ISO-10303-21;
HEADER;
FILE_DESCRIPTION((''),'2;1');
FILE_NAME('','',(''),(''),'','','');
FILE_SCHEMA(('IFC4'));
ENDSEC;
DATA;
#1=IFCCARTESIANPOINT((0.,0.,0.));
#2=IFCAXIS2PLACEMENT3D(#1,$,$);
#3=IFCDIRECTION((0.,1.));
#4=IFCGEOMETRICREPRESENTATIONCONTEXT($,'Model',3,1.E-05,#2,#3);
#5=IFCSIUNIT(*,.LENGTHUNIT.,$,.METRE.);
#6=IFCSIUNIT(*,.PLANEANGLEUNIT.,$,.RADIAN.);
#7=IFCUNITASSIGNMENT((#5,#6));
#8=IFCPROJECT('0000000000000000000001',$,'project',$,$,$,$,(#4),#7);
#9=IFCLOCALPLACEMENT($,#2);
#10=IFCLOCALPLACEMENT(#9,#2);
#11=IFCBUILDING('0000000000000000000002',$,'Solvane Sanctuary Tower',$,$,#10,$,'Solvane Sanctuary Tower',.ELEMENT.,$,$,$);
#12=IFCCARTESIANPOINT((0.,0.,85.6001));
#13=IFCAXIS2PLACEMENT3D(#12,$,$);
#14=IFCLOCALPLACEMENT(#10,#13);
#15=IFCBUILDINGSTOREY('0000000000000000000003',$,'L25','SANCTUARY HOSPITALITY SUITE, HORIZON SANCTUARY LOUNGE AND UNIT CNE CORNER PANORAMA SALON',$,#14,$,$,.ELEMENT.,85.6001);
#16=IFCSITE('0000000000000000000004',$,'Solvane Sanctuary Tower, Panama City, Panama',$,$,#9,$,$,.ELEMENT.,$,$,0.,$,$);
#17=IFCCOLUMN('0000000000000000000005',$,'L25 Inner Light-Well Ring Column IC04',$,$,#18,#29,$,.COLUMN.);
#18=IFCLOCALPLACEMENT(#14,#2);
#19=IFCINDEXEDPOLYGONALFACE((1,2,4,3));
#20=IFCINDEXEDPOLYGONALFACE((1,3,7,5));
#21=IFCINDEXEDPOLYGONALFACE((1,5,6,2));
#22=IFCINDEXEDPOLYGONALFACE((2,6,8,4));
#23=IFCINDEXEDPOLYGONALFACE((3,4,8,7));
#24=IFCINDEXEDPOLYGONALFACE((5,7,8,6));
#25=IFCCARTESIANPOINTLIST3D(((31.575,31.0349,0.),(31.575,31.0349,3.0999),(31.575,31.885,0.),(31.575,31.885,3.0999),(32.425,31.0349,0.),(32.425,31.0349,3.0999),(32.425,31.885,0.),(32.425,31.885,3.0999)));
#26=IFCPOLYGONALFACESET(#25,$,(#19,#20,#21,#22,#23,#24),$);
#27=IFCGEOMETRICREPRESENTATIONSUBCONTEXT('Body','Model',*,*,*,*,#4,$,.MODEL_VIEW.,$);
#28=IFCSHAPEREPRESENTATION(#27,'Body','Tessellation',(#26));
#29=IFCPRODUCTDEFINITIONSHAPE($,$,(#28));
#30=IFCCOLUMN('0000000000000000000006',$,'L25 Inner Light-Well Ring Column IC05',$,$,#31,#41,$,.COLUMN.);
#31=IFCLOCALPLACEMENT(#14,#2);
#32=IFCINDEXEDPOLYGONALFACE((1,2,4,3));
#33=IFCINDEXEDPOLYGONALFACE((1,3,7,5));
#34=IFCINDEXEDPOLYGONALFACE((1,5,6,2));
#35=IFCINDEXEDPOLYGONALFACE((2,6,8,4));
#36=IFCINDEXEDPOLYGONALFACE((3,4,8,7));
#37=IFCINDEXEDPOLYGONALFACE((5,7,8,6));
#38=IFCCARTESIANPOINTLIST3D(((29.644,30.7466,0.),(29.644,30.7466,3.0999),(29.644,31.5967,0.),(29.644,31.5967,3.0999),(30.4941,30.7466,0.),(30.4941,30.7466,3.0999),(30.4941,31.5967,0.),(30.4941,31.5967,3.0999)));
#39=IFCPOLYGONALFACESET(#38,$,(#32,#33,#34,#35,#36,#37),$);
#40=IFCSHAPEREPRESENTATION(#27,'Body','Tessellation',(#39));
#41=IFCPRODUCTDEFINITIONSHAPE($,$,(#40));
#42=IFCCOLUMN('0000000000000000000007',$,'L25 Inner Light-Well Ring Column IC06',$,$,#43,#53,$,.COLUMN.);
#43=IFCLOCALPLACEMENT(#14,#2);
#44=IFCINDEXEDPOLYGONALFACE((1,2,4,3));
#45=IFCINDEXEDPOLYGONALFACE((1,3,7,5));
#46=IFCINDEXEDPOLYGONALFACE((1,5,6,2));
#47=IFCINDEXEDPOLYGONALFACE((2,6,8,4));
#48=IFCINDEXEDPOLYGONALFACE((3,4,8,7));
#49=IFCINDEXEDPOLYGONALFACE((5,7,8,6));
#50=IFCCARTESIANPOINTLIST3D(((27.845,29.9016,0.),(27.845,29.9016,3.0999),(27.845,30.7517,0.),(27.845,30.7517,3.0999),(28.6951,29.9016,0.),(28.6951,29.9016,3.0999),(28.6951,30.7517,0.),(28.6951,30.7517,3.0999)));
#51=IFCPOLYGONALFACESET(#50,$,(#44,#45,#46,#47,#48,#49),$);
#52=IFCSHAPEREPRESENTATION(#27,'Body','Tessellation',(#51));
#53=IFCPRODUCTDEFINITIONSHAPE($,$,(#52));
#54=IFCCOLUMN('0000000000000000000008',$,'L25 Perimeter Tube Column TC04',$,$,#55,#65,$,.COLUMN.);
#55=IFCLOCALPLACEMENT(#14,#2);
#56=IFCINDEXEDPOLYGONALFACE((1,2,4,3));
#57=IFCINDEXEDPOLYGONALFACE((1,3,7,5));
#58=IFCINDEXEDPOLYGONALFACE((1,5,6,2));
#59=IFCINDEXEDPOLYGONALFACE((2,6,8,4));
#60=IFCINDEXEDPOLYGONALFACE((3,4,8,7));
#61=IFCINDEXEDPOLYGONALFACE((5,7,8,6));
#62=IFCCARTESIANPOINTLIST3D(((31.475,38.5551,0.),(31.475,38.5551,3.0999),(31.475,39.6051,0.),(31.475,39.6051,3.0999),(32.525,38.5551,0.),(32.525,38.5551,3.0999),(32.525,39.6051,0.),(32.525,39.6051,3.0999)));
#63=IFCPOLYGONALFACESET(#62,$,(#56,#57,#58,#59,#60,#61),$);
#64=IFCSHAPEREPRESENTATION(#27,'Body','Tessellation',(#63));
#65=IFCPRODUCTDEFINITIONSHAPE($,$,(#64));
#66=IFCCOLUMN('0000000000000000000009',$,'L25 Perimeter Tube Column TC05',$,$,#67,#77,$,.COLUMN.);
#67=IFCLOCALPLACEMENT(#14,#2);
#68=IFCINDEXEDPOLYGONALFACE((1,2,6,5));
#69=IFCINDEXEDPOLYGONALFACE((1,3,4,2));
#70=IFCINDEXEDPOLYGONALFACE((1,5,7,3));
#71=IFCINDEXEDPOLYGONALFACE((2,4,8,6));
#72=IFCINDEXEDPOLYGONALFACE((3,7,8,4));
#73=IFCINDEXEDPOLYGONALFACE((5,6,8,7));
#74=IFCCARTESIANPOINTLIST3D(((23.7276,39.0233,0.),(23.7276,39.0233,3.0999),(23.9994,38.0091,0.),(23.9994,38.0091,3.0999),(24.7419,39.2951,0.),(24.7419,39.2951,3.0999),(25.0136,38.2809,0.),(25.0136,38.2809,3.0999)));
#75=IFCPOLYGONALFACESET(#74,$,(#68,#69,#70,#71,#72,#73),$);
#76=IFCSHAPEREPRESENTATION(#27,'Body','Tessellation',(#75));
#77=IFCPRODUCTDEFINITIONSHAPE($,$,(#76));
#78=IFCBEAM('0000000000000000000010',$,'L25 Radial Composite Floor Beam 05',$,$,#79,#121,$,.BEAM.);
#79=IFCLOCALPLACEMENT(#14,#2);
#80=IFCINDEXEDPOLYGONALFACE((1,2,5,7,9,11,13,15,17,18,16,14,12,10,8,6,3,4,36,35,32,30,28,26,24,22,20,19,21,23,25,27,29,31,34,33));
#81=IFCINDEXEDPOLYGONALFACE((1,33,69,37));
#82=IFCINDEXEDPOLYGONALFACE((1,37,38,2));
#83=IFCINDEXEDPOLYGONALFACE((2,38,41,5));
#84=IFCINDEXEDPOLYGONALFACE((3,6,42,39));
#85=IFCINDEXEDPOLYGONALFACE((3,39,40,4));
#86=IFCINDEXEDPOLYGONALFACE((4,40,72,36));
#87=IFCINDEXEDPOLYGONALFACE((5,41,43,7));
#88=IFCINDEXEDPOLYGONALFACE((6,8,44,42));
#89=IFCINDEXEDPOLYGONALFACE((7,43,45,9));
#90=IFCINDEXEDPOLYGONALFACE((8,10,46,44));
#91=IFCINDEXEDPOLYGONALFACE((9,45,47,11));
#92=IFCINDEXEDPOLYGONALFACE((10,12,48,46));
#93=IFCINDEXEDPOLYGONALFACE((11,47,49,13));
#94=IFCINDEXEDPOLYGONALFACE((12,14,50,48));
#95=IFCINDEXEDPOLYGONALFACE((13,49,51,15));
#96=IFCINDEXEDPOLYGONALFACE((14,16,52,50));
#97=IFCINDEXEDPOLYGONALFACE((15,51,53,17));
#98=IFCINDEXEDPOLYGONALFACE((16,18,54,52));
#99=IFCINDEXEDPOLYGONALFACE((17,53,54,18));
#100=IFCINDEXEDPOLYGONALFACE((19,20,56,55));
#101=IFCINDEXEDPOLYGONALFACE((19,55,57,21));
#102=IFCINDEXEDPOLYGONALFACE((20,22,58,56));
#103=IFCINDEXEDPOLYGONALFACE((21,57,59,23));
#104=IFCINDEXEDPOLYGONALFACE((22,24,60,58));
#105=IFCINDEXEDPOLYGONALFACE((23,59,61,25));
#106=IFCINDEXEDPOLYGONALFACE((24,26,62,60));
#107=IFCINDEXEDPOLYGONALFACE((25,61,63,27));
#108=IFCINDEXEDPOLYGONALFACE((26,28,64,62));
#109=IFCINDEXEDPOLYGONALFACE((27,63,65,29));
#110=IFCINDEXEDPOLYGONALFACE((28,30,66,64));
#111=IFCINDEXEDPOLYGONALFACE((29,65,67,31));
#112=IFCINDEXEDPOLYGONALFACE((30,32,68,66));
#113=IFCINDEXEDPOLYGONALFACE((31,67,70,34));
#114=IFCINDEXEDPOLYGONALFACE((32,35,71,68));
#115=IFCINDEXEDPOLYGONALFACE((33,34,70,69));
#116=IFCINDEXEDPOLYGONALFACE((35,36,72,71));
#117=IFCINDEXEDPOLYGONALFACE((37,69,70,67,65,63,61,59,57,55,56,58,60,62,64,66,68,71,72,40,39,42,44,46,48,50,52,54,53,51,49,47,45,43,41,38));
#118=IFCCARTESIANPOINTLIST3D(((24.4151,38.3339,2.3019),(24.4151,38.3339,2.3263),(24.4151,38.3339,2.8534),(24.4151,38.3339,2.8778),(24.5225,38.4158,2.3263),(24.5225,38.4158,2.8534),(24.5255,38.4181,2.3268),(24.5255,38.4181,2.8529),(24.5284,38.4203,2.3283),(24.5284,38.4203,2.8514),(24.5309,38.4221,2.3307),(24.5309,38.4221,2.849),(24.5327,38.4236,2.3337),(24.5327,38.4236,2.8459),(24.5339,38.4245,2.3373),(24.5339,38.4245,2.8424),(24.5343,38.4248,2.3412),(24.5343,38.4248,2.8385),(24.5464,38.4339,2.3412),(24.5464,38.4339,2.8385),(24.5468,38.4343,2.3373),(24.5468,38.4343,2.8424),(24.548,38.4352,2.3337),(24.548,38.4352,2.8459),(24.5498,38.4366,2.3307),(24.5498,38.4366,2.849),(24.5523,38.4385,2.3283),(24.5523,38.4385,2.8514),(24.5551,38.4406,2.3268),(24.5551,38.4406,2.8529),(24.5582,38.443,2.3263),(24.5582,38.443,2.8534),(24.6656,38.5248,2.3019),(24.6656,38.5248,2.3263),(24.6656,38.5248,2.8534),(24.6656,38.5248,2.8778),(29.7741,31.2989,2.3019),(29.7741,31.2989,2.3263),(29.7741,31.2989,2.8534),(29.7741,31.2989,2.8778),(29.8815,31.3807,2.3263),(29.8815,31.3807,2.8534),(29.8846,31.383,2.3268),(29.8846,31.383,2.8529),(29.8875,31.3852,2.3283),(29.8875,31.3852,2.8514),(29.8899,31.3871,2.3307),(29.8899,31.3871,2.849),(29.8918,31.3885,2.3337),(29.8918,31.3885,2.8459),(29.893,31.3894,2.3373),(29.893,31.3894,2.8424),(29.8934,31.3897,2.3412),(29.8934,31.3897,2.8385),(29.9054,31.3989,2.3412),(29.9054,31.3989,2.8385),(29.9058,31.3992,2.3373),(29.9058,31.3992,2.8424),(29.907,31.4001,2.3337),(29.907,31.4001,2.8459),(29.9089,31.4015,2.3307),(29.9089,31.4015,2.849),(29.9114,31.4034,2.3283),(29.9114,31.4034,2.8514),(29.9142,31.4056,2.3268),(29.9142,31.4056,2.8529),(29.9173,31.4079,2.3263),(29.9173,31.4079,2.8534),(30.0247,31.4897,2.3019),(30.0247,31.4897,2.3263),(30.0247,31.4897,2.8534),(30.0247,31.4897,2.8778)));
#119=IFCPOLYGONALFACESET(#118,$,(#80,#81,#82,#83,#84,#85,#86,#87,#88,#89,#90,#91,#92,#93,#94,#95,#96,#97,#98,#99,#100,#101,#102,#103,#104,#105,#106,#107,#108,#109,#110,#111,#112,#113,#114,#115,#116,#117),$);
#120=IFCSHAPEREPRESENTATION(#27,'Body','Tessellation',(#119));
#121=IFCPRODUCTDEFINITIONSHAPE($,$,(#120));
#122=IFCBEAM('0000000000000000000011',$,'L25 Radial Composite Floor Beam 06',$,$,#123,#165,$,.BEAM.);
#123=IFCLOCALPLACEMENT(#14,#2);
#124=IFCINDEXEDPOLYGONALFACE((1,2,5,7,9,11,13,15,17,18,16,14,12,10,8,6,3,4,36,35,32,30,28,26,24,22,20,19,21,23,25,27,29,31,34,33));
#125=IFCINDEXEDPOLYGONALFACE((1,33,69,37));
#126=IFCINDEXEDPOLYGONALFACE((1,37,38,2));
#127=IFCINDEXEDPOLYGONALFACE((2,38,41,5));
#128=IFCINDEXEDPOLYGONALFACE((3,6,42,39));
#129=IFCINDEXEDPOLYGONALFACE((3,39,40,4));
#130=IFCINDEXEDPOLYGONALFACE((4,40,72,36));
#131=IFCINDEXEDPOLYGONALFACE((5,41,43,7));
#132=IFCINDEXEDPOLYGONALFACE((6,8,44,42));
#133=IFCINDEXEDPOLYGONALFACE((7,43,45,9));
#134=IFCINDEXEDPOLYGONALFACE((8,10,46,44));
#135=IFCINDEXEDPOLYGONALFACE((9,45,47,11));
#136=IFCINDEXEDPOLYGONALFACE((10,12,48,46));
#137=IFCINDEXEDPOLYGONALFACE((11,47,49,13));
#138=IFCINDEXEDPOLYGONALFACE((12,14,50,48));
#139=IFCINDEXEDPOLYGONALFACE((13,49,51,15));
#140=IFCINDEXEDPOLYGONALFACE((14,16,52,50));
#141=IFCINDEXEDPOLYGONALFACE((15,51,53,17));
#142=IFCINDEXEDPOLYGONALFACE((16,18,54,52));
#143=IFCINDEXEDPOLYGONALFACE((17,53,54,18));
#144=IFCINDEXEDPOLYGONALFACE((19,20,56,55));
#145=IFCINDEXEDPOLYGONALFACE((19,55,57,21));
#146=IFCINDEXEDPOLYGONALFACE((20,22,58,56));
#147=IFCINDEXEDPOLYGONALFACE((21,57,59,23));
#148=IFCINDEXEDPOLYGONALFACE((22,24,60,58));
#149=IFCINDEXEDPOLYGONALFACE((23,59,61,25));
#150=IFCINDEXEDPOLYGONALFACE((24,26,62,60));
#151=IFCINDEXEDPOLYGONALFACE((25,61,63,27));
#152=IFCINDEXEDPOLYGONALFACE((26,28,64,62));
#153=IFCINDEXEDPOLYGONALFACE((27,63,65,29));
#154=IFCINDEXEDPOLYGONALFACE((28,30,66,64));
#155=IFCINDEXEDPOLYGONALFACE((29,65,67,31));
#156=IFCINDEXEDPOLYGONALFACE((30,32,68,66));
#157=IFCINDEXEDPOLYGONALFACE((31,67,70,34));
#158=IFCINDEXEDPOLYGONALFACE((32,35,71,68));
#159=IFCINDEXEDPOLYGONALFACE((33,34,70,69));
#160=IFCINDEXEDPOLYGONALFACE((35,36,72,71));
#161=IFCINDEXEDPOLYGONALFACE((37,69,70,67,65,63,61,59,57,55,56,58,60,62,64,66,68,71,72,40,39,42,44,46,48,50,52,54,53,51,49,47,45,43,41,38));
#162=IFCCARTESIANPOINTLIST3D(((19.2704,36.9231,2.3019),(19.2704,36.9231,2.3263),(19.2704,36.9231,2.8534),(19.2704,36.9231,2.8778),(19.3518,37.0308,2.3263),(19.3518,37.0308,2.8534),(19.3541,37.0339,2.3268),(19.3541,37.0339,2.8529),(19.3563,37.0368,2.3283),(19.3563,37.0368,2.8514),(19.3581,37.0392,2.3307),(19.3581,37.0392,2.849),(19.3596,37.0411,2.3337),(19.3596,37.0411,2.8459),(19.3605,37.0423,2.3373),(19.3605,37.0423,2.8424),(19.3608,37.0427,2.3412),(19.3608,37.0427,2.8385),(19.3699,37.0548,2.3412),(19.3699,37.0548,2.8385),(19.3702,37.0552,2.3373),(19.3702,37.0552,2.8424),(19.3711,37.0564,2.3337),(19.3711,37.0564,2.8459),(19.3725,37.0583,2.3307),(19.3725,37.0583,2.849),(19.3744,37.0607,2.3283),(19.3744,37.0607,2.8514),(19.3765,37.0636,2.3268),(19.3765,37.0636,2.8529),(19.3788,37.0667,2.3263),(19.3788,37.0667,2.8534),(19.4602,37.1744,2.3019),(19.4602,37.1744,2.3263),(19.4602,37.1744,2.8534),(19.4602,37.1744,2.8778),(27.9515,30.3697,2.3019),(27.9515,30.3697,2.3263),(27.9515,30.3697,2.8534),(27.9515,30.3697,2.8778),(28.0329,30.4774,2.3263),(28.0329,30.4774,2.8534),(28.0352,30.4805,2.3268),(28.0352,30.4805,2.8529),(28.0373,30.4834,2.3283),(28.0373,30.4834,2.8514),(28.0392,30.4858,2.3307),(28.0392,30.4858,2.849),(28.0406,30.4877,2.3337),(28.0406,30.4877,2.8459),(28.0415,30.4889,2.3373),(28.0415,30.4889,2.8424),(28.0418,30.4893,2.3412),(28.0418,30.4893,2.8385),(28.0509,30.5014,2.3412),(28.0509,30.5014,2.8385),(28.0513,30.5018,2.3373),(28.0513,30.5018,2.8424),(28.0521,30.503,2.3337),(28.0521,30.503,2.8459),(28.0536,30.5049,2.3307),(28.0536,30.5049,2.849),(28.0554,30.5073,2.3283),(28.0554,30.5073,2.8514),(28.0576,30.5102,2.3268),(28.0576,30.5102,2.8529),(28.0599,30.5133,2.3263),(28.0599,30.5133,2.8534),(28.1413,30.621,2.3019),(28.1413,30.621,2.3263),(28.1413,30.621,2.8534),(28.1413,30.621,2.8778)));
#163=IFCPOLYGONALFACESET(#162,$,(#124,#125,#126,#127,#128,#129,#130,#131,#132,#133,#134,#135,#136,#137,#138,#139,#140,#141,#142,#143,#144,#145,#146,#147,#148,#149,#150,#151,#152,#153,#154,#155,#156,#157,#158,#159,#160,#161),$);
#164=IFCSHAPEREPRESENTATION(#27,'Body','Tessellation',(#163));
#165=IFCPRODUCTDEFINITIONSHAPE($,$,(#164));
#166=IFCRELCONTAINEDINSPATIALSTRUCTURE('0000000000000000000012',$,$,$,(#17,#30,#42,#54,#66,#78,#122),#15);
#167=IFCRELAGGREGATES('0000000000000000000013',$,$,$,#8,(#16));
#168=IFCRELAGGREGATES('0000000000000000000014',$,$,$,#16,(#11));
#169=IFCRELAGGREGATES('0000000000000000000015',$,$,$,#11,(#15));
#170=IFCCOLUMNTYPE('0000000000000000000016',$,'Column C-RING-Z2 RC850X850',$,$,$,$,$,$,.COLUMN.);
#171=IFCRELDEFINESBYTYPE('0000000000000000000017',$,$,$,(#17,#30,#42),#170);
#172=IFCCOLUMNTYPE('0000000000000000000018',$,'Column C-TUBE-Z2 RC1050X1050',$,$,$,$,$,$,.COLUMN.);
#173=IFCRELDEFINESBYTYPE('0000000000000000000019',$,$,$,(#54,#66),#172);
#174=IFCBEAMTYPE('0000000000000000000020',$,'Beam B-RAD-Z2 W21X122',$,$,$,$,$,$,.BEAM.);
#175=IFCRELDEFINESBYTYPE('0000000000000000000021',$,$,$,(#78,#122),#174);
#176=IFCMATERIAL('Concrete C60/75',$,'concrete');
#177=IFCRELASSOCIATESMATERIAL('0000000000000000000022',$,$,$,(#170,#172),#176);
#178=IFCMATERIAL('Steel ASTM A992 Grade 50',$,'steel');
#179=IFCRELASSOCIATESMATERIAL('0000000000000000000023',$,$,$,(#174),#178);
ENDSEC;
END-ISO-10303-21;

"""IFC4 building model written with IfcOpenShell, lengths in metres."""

from ifc_helpers import new_model, si_unit, direction, frame, origin, origin_2d, place, context, subcontext, project, spatial, rectangle, i_section, extrude, material, material_profile, profile_set, type_object, element, save


model = new_model("IFC4")

# Units and contexts
model_context = context("Model", 3, precision=1e-05, world=origin(), true_north=direction((0.0, 1.0)))
body_context = subcontext(model_context, "Body", "Model", "MODEL_VIEW")
ifc_project = project(units=[si_unit("LENGTHUNIT", "METRE"), si_unit("PLANEANGLEUNIT", "RADIAN")], contexts=[model_context])

# Site, building, storey
site_placement = place(None, origin())
site = spatial("IfcSite", under=ifc_project, at=site_placement, Name="Solvane Sanctuary Tower, Panama City, Panama", CompositionType="ELEMENT", RefElevation=0.0)
building_placement = place(site_placement, origin())
building = spatial("IfcBuilding", under=site, at=building_placement, Name="Solvane Sanctuary Tower", LongName="Solvane Sanctuary Tower", CompositionType="ELEMENT")
storey_placement = place(building_placement, frame((0.0, 0.0, 85.6001)))
storey = spatial("IfcBuildingStorey", under=building, at=storey_placement, Name="L25", Description="SANCTUARY HOSPITALITY SUITE, HORIZON SANCTUARY LOUNGE AND UNIT CNE CORNER PANORAMA SALON", CompositionType="ELEMENT", Elevation=85.6001)

# Columns
ifc_material_1 = material(Name="Concrete C60/75", Category="concrete")
ifc_material_profile_1 = material_profile(ifc_material_1, rectangle(XDim=0.8501, YDim=0.8501, at=origin_2d()), Name="RC850X850")
ifc_profile_set_1 = profile_set([ifc_material_profile_1], Name="Concrete C60/75")
column_type_1 = type_object("IfcColumnType", Name="Column C-RING-Z2 RC850X850", PredefinedType="COLUMN", material=ifc_profile_set_1)
for number, where, z_axis, x_axis, name in (
    (1, (32.0, 31.46, 0.0), (0.0, 0.0, 1.0), (1.0, 0.0, 0.0), "L25 Inner Light-Well Ring Column IC04"),
    (2, (30.0691, 31.1716, 0.0), (0.0, 0.0, 1.0), (1.0, 0.0, 0.0), "L25 Inner Light-Well Ring Column IC05"),
    (3, (28.27, 30.3267, 0.0), (0.0, 0.0, 1.0), (1.0, 0.0, 0.0), "L25 Inner Light-Well Ring Column IC06"),
):
    element("IfcColumn", number, at=place(storey_placement, frame(where, z_axis=z_axis, x_axis=x_axis)), inside=storey, type_object=column_type_1, Name=name, PredefinedType="COLUMN", context=body_context, shape_type="SweptSolid", body=[
        extrude(rectangle(XDim=0.8501, YDim=0.8501, at=origin_2d()), origin(), (0.0, 0.0, 1.0), 3.0999),
    ])
ifc_material_profile_2 = material_profile(ifc_material_1, rectangle(XDim=1.05, YDim=1.05, at=origin_2d()), Name="RC1050X1050")
ifc_profile_set_2 = profile_set([ifc_material_profile_2], Name="Concrete C60/75")
column_type_2 = type_object("IfcColumnType", Name="Column C-TUBE-Z2 RC1050X1050", PredefinedType="COLUMN", material=ifc_profile_set_2)
for number, where, z_axis, x_axis, name in (
    (4, (32.0, 39.0801, 0.0), (0.0, 0.0, 1.0), (0.0, 1.0, 0.0), "L25 Perimeter Tube Column TC04"),
    (5, (24.3706, 38.6521, 0.0), (0.0, 0.0, 1.0), (-0.258819, 0.965926, 0.0), "L25 Perimeter Tube Column TC05"),
):
    element("IfcColumn", number, at=place(storey_placement, frame(where, z_axis=z_axis, x_axis=x_axis)), inside=storey, type_object=column_type_2, Name=name, PredefinedType="COLUMN", context=body_context, shape_type="SweptSolid", body=[
        extrude(rectangle(XDim=1.05, YDim=1.05, at=origin_2d()), origin(), (0.0, 0.0, 1.0), 3.0999),
    ])

# Beams
ifc_material_2 = material(Name="Steel ASTM A992 Grade 50", Category="steel")
ifc_material_profile_3 = material_profile(ifc_material_2, i_section(OverallWidth=0.3149, OverallDepth=0.5759, WebThickness=0.0151, FlangeThickness=0.0244, FilletRadius=0.0149, at=origin_2d()), Name="W21X122")
ifc_profile_set_3 = profile_set([ifc_material_profile_3], Name="Steel ASTM A992 Grade 50")
beam_type_1 = type_object("IfcBeamType", Name="Beam B-RAD-Z2 W21X122", PredefinedType="BEAM", material=ifc_profile_set_3)
beam_1_placement = place(storey_placement, frame((29.8994, 31.3943, 2.5898), z_axis=(-0.605973, 0.795486, 0.0), x_axis=(-0.795486, -0.605973, 0.0)))
element("IfcBeam", 6, at=beam_1_placement, inside=storey, type_object=beam_type_1, Name="L25 Radial Composite Floor Beam 05", PredefinedType="BEAM", context=body_context, shape_type="SweptSolid", body=[
    extrude(i_section(OverallWidth=0.3149, OverallDepth=0.5759, WebThickness=0.0151, FlangeThickness=0.0244, FilletRadius=0.0149, at=origin_2d()), origin(), (0.0, 0.0, 1.0), 8.8438),
])
beam_2_placement = place(storey_placement, frame((28.0464, 30.4954, 2.5898), z_axis=(-0.798116, 0.602504, 0.0), x_axis=(-0.602504, -0.798116, 0.0)))
element("IfcBeam", 7, at=beam_2_placement, inside=storey, type_object=beam_type_1, Name="L25 Radial Composite Floor Beam 06", PredefinedType="BEAM", context=body_context, shape_type="SweptSolid", body=[
    extrude(i_section(OverallWidth=0.3149, OverallDepth=0.5759, WebThickness=0.0151, FlangeThickness=0.0244, FilletRadius=0.0149, at=origin_2d()), origin(), (0.0, 0.0, 1.0), 10.877),
])

save(model, "model.ifc")
